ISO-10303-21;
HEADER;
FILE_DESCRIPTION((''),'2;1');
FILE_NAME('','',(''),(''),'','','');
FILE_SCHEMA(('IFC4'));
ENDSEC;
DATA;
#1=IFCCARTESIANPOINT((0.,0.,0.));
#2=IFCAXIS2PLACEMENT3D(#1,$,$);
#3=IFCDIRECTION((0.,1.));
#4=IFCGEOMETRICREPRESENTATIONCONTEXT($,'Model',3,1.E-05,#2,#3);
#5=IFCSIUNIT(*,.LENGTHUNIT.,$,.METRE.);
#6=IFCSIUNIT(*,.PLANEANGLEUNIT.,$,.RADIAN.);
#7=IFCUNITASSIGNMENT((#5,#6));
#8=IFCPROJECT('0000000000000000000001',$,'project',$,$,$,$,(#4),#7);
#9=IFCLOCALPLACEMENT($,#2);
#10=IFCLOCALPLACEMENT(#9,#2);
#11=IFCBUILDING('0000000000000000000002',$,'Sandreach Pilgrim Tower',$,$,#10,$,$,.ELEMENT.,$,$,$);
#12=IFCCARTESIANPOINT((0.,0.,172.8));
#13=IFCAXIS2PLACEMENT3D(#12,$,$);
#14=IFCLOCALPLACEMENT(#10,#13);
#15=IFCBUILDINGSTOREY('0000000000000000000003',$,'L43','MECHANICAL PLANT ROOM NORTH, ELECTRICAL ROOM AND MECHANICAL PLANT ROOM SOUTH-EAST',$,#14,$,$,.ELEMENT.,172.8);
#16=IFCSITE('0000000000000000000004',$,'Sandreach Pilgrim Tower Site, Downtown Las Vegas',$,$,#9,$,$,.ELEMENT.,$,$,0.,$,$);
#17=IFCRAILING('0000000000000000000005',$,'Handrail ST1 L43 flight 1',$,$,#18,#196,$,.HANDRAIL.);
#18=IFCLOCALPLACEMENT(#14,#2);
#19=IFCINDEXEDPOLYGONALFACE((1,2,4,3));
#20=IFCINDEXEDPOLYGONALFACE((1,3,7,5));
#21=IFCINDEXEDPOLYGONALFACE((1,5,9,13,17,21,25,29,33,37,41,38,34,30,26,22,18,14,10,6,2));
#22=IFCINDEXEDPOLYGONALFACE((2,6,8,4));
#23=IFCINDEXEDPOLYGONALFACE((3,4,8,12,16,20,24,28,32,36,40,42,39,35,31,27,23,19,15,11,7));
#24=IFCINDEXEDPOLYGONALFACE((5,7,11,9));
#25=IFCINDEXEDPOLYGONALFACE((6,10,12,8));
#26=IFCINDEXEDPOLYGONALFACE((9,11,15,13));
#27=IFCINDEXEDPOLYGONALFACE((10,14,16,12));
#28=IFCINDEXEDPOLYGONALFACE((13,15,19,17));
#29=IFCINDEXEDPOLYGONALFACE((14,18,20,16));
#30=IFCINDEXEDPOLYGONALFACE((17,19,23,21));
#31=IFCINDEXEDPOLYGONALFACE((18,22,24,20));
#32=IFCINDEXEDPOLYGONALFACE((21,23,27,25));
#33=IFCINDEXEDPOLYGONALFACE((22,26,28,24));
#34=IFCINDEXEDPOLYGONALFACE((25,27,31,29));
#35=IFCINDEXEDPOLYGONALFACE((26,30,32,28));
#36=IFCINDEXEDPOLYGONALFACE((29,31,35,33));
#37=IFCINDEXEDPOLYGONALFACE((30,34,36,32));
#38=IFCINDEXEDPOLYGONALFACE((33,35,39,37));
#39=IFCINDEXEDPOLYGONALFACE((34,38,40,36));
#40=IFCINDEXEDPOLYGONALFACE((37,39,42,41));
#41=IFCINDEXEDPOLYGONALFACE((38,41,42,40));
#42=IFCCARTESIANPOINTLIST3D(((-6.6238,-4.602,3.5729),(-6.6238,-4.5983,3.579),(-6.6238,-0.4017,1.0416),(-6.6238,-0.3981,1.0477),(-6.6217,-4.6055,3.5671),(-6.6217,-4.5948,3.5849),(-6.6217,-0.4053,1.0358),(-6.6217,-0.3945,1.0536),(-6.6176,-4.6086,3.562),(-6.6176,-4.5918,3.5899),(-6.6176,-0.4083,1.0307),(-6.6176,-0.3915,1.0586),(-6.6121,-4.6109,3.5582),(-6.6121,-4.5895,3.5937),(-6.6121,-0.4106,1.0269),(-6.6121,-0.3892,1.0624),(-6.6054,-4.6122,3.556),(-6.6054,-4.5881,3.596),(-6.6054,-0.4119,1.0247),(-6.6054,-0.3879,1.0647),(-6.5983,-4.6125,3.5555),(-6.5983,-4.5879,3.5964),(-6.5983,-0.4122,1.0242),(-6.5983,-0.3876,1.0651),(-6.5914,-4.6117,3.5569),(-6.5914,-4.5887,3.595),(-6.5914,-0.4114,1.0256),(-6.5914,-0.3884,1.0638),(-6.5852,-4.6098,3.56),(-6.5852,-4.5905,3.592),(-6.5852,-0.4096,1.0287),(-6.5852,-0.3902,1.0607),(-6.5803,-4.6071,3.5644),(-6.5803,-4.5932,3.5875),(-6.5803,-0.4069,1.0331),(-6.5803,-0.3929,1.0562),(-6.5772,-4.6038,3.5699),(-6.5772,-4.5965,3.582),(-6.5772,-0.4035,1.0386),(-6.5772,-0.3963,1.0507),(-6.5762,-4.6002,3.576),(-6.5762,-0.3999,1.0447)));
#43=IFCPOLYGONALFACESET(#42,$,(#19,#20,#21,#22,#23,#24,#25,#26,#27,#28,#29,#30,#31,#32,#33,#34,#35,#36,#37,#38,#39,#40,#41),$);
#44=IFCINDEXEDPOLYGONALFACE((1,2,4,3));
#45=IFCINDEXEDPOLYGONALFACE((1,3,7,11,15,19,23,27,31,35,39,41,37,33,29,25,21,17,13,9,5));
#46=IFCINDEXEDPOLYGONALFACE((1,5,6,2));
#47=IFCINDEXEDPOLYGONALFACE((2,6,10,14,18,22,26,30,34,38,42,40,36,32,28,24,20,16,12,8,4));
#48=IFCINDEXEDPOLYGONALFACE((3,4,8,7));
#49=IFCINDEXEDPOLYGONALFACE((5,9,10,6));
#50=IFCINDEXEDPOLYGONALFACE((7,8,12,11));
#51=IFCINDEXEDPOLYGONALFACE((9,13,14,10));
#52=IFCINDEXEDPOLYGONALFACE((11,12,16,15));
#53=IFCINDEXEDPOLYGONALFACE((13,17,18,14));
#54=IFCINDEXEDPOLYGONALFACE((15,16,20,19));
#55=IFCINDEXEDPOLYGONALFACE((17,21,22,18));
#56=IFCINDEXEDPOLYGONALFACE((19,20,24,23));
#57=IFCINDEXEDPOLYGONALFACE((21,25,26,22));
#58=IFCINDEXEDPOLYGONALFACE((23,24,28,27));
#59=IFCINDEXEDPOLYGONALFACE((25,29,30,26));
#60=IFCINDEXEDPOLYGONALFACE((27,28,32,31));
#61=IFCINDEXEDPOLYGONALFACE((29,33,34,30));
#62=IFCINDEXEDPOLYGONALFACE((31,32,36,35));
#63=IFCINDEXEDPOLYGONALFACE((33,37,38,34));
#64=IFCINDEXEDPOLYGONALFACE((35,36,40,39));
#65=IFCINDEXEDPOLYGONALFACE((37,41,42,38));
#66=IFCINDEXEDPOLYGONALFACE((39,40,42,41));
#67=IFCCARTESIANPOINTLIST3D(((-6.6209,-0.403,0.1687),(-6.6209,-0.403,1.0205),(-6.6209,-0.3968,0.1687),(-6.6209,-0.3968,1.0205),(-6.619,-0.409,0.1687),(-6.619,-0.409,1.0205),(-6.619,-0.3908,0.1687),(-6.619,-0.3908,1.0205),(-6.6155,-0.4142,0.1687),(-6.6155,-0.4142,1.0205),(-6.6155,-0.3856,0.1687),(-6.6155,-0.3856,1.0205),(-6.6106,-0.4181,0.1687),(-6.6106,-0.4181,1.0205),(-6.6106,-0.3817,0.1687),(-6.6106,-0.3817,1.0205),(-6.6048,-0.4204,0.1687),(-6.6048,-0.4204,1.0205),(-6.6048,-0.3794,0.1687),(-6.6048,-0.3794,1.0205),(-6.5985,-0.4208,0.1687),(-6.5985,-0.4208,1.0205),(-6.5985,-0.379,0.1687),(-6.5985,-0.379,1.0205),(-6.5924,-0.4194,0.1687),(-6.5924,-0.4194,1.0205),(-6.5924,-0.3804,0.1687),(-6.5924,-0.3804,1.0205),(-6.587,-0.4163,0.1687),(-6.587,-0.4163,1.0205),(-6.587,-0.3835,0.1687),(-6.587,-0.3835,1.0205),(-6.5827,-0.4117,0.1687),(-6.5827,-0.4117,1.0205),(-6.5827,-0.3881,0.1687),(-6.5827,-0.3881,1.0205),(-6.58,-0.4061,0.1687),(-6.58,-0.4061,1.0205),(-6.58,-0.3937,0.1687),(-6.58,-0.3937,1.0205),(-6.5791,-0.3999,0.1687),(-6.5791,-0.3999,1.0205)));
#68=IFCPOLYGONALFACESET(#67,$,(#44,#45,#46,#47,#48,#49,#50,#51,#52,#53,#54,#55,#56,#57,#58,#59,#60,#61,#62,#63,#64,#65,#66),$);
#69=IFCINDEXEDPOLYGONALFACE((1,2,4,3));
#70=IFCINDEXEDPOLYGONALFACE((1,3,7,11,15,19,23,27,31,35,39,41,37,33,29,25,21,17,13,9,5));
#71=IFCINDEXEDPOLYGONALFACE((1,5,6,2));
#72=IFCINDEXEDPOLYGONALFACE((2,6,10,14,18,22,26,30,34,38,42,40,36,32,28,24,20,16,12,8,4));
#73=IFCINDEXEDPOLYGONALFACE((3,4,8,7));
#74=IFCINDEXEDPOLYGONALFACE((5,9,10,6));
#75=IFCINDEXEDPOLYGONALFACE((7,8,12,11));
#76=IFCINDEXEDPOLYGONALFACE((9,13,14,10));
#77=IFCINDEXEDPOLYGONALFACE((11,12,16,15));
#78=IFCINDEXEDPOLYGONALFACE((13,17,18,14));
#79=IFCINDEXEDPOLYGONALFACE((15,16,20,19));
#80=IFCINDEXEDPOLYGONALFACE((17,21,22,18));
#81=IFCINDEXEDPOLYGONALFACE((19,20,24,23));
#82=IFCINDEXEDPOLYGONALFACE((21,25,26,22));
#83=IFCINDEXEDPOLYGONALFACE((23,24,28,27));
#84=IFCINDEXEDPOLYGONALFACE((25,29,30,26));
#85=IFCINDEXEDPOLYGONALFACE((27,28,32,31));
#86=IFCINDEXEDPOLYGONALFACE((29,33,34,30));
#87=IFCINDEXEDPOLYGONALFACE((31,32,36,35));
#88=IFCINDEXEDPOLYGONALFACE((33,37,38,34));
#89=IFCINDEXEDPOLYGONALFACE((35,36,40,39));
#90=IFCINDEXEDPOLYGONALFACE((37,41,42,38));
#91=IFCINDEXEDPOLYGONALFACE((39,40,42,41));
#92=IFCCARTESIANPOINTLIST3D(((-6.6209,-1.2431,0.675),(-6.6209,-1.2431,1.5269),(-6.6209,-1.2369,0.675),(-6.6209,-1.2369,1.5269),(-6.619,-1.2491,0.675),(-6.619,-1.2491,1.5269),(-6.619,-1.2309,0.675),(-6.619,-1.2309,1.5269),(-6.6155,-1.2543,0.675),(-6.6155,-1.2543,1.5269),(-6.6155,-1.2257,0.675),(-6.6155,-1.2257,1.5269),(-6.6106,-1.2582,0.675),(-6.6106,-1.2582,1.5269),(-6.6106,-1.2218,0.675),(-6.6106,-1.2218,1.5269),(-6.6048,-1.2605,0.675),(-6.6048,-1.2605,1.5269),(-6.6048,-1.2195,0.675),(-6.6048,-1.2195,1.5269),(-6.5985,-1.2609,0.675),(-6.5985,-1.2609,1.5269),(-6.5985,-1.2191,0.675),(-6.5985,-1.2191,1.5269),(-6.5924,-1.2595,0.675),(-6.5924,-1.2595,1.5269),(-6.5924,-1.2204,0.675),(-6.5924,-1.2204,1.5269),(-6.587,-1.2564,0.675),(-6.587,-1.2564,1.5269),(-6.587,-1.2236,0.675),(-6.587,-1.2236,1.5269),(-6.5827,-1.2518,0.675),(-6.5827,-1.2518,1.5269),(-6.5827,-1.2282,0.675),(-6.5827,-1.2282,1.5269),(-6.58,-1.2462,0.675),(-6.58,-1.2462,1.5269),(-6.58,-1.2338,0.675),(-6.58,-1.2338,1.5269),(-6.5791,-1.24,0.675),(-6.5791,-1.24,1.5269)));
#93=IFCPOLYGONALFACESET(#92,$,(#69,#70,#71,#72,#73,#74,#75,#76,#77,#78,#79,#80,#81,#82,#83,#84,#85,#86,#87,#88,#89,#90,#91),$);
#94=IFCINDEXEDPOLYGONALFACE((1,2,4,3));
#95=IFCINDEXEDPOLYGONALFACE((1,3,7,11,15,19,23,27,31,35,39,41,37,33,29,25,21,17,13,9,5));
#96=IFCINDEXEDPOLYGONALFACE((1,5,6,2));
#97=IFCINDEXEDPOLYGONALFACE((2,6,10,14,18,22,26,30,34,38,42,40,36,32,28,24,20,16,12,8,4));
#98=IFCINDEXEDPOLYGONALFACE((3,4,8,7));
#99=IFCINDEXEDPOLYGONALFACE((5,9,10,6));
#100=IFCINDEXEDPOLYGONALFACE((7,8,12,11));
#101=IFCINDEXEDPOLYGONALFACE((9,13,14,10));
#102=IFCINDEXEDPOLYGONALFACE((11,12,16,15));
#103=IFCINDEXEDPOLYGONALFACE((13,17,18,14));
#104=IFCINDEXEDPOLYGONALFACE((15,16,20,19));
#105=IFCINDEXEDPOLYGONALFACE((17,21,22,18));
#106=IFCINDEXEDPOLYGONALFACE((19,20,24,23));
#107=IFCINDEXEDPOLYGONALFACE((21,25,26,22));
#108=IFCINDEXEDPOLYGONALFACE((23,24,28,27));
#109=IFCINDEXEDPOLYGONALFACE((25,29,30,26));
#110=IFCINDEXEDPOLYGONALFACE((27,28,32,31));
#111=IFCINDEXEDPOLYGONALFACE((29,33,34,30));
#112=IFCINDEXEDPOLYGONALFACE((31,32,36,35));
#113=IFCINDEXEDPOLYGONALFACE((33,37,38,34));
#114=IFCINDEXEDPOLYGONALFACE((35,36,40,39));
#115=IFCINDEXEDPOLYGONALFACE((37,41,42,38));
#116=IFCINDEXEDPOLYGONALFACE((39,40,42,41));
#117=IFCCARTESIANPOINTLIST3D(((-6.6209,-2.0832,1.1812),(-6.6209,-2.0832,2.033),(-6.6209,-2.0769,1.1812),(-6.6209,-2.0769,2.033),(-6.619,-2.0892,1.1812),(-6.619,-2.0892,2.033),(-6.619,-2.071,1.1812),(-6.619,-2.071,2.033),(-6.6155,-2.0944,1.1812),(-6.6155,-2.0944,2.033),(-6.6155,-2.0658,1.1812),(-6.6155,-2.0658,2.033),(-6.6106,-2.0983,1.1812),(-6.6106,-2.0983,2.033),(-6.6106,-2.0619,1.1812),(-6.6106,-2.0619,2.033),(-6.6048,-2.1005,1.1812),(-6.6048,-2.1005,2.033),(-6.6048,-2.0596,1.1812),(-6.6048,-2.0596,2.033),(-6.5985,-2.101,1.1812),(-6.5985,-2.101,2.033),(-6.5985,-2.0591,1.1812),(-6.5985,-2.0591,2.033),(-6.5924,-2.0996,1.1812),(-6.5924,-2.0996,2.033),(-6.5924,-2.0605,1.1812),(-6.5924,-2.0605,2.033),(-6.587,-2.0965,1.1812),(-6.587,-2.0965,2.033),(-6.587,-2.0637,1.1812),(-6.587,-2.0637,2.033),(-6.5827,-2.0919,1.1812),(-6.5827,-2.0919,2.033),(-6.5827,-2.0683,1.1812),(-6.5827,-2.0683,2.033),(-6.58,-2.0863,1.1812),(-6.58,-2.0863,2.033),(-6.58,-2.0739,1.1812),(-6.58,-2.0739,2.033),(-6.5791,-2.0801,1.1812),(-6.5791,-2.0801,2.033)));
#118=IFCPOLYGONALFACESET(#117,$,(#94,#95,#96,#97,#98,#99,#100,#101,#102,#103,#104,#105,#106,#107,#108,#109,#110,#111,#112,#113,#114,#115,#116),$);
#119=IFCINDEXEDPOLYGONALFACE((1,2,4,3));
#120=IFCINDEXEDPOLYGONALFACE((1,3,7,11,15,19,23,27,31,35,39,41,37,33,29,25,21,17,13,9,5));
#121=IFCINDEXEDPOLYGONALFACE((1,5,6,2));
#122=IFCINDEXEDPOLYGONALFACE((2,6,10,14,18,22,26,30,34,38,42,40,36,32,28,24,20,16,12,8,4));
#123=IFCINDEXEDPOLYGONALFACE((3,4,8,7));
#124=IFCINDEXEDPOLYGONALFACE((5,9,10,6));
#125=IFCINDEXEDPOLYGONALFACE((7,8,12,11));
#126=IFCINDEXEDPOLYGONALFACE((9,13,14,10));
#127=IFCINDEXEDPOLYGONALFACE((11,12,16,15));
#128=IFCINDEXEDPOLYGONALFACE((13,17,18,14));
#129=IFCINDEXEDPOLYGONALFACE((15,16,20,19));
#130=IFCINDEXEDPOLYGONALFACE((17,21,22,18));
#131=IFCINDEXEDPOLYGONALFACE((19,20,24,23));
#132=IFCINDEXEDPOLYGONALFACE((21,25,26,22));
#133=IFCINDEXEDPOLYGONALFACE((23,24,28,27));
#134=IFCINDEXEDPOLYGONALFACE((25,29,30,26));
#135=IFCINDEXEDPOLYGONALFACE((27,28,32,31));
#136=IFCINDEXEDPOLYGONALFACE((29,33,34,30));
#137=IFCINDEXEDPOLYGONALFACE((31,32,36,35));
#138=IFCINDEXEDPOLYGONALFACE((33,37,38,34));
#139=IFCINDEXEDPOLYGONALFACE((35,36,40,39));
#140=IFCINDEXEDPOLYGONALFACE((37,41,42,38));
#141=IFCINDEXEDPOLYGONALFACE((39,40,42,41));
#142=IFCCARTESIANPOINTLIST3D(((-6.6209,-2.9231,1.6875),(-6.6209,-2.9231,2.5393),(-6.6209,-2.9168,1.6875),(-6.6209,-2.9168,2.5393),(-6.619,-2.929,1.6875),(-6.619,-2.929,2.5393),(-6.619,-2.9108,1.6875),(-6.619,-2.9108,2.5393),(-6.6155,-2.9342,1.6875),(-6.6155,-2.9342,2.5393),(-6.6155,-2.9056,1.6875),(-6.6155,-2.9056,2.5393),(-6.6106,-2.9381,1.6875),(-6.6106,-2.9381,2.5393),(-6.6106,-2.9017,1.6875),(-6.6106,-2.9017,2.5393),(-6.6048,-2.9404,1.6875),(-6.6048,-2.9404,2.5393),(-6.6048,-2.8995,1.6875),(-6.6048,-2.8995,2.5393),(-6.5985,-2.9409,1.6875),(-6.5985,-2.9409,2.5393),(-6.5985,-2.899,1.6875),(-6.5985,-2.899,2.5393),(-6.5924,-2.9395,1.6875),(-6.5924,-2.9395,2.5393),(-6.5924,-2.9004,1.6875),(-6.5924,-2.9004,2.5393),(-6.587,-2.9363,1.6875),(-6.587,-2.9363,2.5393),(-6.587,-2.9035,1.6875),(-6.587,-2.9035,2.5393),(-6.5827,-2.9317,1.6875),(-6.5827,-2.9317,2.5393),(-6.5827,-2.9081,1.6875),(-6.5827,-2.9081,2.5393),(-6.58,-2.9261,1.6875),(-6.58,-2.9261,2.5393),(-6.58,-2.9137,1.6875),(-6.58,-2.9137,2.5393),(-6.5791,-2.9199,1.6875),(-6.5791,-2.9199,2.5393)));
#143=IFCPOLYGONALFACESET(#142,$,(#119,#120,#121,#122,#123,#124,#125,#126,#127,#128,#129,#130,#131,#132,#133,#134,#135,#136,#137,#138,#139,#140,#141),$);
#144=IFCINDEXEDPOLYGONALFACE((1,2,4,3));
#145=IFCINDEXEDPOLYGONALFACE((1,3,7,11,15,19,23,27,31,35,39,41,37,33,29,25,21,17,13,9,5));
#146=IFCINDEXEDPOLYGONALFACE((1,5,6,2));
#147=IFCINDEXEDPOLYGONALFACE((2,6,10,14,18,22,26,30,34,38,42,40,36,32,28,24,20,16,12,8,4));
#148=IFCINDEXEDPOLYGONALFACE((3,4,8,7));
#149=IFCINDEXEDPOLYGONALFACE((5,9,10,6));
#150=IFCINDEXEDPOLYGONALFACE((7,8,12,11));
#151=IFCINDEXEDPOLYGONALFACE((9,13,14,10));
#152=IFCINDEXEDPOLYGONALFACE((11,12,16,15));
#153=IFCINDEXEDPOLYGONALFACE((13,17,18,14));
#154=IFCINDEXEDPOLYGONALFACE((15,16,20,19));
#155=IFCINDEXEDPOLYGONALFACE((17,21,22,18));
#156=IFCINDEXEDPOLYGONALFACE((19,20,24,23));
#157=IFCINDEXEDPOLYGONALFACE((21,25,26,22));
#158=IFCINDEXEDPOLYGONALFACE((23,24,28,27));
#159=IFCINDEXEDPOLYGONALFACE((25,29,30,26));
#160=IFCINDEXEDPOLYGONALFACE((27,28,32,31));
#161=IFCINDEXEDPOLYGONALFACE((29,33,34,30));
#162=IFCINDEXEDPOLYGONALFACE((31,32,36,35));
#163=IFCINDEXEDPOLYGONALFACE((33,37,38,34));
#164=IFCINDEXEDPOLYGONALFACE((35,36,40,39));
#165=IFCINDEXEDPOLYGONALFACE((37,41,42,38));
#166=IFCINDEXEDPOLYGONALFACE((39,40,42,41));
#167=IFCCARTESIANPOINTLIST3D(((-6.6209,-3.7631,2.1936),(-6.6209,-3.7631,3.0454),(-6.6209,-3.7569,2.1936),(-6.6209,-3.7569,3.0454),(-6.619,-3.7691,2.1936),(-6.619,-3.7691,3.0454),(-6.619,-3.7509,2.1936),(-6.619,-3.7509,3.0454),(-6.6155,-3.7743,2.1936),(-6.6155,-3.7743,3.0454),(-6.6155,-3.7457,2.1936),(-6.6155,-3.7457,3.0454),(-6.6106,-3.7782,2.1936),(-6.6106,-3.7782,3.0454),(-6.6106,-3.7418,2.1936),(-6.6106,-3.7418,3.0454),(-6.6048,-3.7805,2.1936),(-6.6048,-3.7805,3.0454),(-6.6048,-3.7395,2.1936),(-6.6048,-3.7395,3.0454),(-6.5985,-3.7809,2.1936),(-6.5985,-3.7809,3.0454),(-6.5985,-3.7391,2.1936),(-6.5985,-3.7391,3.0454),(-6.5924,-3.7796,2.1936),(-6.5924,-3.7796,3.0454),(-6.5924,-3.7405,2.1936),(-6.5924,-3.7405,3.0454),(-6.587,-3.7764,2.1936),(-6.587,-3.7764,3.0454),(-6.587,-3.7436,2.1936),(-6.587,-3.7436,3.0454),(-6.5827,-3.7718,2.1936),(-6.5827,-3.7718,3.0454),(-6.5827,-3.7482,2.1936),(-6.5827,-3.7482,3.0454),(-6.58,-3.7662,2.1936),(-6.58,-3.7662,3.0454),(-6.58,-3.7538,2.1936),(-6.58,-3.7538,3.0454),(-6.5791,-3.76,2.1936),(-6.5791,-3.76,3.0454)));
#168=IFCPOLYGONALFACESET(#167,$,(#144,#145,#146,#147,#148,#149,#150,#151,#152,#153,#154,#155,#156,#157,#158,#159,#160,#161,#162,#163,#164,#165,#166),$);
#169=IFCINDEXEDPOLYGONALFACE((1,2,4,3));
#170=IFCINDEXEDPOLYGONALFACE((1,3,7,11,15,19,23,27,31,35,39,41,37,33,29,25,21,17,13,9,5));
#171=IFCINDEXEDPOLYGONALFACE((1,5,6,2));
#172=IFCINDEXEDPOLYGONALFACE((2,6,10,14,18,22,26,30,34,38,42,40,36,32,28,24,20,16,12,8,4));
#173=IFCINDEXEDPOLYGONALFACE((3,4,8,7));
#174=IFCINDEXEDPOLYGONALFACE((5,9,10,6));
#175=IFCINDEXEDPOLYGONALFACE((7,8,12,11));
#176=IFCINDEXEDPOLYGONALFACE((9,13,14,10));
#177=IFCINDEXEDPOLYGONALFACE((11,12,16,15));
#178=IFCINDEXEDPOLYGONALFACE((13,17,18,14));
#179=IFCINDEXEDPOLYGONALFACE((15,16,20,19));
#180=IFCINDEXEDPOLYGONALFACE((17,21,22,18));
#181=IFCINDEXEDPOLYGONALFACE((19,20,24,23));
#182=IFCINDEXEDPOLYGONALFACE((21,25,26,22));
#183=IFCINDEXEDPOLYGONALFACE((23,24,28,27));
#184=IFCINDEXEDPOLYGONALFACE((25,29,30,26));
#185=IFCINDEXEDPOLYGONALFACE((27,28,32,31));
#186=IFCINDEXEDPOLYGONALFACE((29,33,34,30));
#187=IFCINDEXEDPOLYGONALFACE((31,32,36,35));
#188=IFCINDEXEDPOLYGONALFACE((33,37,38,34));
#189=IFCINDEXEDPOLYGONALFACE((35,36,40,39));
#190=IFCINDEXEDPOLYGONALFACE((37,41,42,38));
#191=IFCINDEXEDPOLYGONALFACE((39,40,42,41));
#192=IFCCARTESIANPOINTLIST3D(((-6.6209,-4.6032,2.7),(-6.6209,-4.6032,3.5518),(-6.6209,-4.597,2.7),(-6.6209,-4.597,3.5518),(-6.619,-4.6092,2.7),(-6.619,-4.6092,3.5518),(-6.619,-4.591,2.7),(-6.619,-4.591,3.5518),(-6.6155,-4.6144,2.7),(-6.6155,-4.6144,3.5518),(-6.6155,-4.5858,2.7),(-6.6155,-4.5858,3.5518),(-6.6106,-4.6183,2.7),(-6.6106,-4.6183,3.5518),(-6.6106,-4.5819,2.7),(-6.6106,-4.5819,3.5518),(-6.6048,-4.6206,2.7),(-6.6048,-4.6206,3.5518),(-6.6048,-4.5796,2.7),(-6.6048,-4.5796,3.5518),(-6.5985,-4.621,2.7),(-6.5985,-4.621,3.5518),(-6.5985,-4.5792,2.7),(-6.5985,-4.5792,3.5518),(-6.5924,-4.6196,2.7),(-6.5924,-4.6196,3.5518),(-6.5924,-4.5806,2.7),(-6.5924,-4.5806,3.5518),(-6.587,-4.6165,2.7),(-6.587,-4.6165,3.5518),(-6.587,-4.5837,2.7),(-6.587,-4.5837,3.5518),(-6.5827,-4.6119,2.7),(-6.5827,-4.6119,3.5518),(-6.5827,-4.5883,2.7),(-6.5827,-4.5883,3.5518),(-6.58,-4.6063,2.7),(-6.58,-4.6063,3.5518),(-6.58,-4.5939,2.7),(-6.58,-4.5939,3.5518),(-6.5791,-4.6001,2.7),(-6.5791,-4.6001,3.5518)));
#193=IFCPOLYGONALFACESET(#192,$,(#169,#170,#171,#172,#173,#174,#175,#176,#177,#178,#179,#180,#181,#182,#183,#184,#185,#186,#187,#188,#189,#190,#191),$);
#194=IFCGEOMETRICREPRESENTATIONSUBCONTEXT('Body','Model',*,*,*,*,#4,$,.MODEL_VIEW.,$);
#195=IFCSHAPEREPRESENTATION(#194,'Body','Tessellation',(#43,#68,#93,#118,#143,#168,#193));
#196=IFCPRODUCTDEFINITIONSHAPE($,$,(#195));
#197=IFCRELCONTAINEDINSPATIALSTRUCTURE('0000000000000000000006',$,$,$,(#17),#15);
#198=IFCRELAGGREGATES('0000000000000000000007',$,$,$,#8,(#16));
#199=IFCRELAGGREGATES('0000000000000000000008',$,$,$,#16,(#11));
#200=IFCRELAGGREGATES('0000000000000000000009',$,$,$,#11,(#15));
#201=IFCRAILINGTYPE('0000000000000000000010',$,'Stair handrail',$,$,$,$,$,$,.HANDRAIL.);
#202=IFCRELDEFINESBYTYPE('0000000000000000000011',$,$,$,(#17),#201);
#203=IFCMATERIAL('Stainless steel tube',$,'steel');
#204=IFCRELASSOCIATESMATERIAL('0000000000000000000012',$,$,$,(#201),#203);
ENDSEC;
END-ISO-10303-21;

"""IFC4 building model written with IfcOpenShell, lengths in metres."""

from ifc_helpers import new_model, si_unit, direction, frame, origin, origin_2d, place, context, subcontext, project, spatial, circle, extrude, material, type_object, element, save


model = new_model("IFC4")

# Units and contexts
model_context = context("Model", 3, precision=1e-05, world=origin(), true_north=direction((0.0, 1.0)))
body_context = subcontext(model_context, "Body", "Model", "MODEL_VIEW")
ifc_project = project(units=[si_unit("LENGTHUNIT", "METRE"), si_unit("PLANEANGLEUNIT", "RADIAN")], contexts=[model_context])

# Site, building, storey
site_placement = place(None, origin())
site = spatial("IfcSite", under=ifc_project, at=site_placement, Name="Sandreach Pilgrim Tower Site, Downtown Las Vegas", CompositionType="ELEMENT", RefElevation=0.0)
building_placement = place(site_placement, origin())
building = spatial("IfcBuilding", under=site, at=building_placement, Name="Sandreach Pilgrim Tower", CompositionType="ELEMENT")
storey_placement = place(building_placement, frame((0.0, 0.0, 172.8)))
storey = spatial("IfcBuildingStorey", under=building, at=storey_placement, Name="L43", Description="MECHANICAL PLANT ROOM NORTH, ELECTRICAL ROOM AND MECHANICAL PLANT ROOM SOUTH-EAST", CompositionType="ELEMENT", Elevation=172.8)

# Railing
ifc_material_1 = material(Name="Stainless steel tube", Category="steel")
railing_type = type_object("IfcRailingType", Name="Stair handrail", PredefinedType="HANDRAIL", material=ifc_material_1)
for number, where, name in (
    (1, (-6.6001, -0.3999, 0.1687), "Handrail ST1 L43 flight 1"),
):
    element("IfcRailing", number, at=place(storey_placement, frame(where)), inside=storey, type_object=railing_type, Name=name, PredefinedType="HANDRAIL", context=body_context, shape_type="SweptSolid", body=[
        extrude(circle(Radius=0.0239, at=origin_2d()), frame((0.0, 0.0, 0.876), z_axis=(0.0, -0.85649, 0.516164), x_axis=(1.0, 0.0, 0.0)), (0.0, 0.0, 1.0), 4.9041),
        extrude(circle(Radius=0.021, at=origin_2d()), origin(), (0.0, 0.0, 1.0), 0.8518),
        extrude(circle(Radius=0.021, at=origin_2d()), frame((0.0, -0.8401, 0.5063)), (0.0, 0.0, 1.0), 0.8518),
        extrude(circle(Radius=0.021, at=origin_2d()), frame((0.0, -1.6802, 1.0125)), (0.0, 0.0, 1.0), 0.8518),
        extrude(circle(Radius=0.021, at=origin_2d()), frame((0.0, -2.52, 1.5188)), (0.0, 0.0, 1.0), 0.8518),
        extrude(circle(Radius=0.021, at=origin_2d()), frame((0.0, -3.3601, 2.0249)), (0.0, 0.0, 1.0), 0.8518),
        extrude(circle(Radius=0.021, at=origin_2d()), frame((0.0, -4.2002, 2.5312)), (0.0, 0.0, 1.0), 0.8518),
    ])

save(model, "model.ifc")
